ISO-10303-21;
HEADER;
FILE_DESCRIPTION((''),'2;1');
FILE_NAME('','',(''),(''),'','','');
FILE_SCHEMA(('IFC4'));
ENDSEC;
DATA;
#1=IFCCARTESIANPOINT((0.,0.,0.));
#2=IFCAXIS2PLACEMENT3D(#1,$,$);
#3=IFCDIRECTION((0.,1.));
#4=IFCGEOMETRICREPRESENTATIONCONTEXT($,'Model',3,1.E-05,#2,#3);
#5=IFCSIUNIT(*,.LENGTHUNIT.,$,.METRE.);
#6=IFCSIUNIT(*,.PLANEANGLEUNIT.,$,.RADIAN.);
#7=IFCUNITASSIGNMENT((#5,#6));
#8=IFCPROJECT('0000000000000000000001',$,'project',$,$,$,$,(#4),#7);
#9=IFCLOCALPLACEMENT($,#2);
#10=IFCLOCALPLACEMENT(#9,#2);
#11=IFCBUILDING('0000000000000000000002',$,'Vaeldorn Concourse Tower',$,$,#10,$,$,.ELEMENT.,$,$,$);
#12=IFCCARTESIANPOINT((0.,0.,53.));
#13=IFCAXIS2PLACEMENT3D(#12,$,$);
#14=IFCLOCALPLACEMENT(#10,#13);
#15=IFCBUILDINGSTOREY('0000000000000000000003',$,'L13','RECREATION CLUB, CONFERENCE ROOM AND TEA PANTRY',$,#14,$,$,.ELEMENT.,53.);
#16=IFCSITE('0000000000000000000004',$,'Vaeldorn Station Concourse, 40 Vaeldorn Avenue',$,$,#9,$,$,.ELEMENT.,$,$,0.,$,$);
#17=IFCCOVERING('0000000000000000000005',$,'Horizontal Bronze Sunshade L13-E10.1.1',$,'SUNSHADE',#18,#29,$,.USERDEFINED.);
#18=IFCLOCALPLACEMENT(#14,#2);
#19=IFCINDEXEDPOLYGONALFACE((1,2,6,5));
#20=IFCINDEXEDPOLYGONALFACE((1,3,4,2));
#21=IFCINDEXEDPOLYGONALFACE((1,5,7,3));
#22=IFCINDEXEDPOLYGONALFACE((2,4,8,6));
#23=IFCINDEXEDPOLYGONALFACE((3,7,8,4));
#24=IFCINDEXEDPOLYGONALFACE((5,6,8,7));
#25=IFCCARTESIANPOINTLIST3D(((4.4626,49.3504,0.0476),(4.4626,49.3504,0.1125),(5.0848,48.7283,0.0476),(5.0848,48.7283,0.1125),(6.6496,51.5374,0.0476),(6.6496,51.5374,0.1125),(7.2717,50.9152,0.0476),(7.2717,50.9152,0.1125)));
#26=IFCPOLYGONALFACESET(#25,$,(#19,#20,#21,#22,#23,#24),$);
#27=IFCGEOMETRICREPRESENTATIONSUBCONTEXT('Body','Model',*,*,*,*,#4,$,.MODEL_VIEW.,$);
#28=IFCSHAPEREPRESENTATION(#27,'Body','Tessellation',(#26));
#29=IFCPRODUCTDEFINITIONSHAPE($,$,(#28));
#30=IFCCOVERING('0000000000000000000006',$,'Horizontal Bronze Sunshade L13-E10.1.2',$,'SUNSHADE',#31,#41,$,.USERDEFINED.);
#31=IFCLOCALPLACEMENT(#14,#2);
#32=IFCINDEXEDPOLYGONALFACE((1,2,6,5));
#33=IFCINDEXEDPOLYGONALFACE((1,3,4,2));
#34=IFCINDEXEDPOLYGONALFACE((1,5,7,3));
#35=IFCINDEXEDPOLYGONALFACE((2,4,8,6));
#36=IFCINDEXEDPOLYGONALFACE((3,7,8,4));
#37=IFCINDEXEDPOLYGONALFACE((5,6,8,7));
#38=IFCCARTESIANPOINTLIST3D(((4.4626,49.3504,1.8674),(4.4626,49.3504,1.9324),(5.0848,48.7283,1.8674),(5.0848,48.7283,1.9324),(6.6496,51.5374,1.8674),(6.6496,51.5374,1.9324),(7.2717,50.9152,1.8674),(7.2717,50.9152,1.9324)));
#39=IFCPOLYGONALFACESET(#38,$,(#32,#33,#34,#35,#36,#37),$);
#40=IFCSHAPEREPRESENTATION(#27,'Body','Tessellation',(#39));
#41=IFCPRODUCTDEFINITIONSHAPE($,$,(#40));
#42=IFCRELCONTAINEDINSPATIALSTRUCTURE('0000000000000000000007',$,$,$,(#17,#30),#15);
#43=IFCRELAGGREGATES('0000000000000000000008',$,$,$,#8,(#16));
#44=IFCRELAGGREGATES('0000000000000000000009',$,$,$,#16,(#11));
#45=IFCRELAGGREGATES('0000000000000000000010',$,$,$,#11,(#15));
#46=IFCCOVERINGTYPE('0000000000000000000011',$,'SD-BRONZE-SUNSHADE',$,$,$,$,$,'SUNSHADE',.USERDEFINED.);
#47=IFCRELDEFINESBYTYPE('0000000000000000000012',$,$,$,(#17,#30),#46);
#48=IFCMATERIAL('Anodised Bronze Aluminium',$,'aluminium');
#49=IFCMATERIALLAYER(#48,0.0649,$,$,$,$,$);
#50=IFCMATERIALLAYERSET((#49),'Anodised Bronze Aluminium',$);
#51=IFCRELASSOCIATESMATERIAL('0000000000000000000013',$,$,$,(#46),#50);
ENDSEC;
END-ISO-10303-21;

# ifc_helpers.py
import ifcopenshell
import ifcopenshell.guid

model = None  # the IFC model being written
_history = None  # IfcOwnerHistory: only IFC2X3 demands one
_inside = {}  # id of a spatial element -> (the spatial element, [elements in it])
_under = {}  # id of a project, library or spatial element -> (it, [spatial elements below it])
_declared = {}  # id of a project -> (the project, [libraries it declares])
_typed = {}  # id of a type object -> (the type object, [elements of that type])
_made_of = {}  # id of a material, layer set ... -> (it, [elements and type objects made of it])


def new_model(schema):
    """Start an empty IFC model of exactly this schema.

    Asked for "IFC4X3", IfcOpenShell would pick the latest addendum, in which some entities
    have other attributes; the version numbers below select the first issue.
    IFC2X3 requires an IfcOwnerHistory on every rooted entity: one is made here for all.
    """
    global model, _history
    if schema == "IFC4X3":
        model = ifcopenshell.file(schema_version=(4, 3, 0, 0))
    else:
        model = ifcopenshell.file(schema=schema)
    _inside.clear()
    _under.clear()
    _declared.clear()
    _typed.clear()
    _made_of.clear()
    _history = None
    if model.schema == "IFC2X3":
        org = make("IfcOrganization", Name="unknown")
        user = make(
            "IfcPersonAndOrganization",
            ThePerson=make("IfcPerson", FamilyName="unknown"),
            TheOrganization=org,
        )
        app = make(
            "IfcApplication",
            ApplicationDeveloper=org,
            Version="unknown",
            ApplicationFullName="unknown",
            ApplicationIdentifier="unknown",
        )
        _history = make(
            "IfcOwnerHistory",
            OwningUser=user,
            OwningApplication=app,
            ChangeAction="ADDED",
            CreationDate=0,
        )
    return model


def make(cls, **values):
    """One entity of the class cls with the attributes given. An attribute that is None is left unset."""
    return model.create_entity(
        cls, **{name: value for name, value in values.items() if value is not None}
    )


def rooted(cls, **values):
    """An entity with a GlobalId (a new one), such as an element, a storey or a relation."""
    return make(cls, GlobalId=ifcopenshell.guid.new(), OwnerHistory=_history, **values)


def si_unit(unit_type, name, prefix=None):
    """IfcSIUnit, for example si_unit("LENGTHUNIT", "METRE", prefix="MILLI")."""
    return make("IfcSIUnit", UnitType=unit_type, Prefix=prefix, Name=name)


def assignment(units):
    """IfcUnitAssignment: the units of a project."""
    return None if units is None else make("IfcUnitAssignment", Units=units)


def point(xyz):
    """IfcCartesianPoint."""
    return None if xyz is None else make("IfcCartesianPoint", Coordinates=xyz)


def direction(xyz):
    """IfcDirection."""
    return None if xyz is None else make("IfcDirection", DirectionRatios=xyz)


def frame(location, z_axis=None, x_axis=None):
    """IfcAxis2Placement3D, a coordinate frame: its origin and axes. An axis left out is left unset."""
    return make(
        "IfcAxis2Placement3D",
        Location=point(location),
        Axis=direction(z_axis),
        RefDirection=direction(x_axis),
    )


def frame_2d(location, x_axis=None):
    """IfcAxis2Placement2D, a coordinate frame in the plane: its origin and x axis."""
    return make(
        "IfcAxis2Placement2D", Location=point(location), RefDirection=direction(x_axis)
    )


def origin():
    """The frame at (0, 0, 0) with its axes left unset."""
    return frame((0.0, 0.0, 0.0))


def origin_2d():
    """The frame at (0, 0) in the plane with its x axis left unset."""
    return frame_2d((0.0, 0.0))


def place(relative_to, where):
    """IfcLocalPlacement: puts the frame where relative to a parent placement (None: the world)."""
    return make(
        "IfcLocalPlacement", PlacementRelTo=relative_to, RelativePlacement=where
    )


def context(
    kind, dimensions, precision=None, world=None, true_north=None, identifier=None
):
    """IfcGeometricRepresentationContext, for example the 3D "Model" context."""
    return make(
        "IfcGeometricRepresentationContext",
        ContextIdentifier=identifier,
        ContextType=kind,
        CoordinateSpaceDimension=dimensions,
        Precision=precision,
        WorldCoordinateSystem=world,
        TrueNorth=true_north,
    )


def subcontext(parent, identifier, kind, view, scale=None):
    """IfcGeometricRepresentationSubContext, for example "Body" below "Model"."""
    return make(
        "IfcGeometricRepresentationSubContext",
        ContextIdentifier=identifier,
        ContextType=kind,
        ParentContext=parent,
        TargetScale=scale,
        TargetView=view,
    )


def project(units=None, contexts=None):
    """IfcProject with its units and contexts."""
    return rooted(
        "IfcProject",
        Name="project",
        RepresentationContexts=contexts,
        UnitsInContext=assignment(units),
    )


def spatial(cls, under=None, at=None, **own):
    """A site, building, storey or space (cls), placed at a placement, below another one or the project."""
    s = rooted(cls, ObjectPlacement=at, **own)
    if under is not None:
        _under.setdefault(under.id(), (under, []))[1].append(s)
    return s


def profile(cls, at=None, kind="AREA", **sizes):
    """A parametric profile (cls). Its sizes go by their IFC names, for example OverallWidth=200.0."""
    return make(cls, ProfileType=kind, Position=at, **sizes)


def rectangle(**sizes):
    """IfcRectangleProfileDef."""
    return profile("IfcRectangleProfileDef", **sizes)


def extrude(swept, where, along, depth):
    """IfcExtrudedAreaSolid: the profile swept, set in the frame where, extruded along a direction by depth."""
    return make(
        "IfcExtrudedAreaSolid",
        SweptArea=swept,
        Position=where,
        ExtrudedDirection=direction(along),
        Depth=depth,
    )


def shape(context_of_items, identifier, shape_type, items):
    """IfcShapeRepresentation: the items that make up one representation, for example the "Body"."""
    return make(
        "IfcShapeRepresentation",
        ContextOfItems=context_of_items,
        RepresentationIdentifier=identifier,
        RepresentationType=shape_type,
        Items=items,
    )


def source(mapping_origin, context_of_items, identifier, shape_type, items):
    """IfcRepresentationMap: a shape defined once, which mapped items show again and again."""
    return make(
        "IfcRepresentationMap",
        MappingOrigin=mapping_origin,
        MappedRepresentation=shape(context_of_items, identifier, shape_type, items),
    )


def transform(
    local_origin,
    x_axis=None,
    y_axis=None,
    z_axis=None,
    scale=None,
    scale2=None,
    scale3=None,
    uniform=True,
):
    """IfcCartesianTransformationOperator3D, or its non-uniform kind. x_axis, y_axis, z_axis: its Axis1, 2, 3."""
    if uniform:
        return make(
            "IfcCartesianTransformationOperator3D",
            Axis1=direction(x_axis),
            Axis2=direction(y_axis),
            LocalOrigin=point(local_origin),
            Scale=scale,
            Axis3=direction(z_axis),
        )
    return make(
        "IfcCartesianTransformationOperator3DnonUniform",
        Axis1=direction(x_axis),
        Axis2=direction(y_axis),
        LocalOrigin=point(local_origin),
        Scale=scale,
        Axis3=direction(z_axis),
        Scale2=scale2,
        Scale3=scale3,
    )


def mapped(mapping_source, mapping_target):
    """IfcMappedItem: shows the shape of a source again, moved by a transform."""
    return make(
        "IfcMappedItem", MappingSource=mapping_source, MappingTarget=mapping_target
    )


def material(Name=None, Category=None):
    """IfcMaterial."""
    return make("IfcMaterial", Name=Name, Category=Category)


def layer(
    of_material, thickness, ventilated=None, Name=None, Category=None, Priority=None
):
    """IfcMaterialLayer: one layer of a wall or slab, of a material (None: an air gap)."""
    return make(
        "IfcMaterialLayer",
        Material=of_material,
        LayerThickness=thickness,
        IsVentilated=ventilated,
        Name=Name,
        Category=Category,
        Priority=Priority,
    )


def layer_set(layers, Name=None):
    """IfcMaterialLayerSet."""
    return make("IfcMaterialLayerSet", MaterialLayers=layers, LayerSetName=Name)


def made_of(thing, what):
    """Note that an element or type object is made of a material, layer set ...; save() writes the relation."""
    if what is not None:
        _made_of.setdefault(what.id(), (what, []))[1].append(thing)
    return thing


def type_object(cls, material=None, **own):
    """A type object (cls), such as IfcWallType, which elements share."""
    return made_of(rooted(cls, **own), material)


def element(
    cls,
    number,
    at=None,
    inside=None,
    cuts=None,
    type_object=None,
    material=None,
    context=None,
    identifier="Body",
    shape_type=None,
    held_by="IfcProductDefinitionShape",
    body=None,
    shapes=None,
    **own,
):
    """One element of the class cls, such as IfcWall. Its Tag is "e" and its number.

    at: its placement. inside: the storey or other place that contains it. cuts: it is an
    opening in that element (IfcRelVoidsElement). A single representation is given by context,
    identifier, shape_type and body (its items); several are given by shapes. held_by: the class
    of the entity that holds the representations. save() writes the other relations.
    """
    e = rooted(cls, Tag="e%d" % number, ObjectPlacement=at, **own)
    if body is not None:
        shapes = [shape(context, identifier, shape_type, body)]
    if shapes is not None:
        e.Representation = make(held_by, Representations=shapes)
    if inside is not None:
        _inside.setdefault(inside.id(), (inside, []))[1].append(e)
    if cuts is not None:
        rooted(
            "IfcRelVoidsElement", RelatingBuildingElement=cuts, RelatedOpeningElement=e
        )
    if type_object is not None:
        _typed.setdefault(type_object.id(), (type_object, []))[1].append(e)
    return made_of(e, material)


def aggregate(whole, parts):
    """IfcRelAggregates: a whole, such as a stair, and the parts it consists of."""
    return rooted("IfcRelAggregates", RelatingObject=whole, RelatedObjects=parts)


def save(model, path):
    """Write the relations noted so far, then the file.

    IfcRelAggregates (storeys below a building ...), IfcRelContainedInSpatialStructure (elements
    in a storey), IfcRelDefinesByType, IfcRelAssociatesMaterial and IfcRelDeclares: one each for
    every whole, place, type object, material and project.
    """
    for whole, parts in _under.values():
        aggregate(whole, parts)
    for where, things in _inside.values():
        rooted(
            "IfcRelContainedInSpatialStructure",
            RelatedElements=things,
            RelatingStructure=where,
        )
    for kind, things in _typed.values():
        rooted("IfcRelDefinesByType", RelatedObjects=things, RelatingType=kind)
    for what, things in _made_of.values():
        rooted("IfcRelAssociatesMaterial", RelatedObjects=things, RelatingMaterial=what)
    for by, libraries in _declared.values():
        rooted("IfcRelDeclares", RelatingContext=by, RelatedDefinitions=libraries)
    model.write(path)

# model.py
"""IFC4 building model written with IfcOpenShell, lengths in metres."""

from ifc_helpers import new_model, si_unit, direction, frame, origin, origin_2d, place, context, subcontext, project, spatial, rectangle, extrude, source, transform, mapped, material, layer, layer_set, type_object, element, save


model = new_model("IFC4")

# Units and contexts
model_context = context("Model", 3, precision=1e-05, world=origin(), true_north=direction((0.0, 1.0)))
body_context = subcontext(model_context, "Body", "Model", "MODEL_VIEW")
ifc_project = project(units=[si_unit("LENGTHUNIT", "METRE"), si_unit("PLANEANGLEUNIT", "RADIAN")], contexts=[model_context])

# Site, building, storey
site_placement = place(None, origin())
site = spatial("IfcSite", under=ifc_project, at=site_placement, Name="Vaeldorn Station Concourse, 40 Vaeldorn Avenue", CompositionType="ELEMENT", RefElevation=0.0)
building_placement = place(site_placement, origin())
building = spatial("IfcBuilding", under=site, at=building_placement, Name="Vaeldorn Concourse Tower", CompositionType="ELEMENT")
storey_placement = place(building_placement, frame((0.0, 0.0, 53.0)))
storey = spatial("IfcBuildingStorey", under=building, at=storey_placement, Name="L13", Description="RECREATION CLUB, CONFERENCE ROOM AND TEA PANTRY", CompositionType="ELEMENT", Elevation=53.0)

# Shared definitions
ifc_material_1 = material(Name="Anodised Bronze Aluminium", Category="aluminium")

# Coverings
ifc_layer_1 = layer(ifc_material_1, 0.0649)
ifc_layer_set_1 = layer_set([ifc_layer_1], Name="Anodised Bronze Aluminium")
covering_type = type_object("IfcCoveringType", Name="SD-BRONZE-SUNSHADE", ElementType="SUNSHADE", PredefinedType="USERDEFINED", material=ifc_layer_set_1)
shared_shape_1 = source(origin(), body_context, "Body", "SweptSolid", [
    extrude(rectangle(XDim=3.0928, YDim=0.8799, at=origin_2d()), origin(), (0.0, 0.0, 1.0), 0.0649),
])
for number, where, z_axis, x_axis, name in (
    (1, (5.8672, 50.1328, 0.0476), (0.0, 0.0, 1.0), (-0.707107, -0.707107, 0.0), "Horizontal Bronze Sunshade L13-E10.1.1"),
    (2, (5.8672, 50.1328, 1.8674), (0.0, 0.0, 1.0), (-0.707107, -0.707107, 0.0), "Horizontal Bronze Sunshade L13-E10.1.2"),
):
    element("IfcCovering", number, at=place(storey_placement, frame(where, z_axis=z_axis, x_axis=x_axis)), inside=storey, type_object=covering_type, Name=name, ObjectType="SUNSHADE", PredefinedType="USERDEFINED", context=body_context, shape_type="MappedRepresentation", body=[
        mapped(shared_shape_1, transform((0.0, 0.0, 0.0), scale=1.0)),
    ])

save(model, "model.ifc")
